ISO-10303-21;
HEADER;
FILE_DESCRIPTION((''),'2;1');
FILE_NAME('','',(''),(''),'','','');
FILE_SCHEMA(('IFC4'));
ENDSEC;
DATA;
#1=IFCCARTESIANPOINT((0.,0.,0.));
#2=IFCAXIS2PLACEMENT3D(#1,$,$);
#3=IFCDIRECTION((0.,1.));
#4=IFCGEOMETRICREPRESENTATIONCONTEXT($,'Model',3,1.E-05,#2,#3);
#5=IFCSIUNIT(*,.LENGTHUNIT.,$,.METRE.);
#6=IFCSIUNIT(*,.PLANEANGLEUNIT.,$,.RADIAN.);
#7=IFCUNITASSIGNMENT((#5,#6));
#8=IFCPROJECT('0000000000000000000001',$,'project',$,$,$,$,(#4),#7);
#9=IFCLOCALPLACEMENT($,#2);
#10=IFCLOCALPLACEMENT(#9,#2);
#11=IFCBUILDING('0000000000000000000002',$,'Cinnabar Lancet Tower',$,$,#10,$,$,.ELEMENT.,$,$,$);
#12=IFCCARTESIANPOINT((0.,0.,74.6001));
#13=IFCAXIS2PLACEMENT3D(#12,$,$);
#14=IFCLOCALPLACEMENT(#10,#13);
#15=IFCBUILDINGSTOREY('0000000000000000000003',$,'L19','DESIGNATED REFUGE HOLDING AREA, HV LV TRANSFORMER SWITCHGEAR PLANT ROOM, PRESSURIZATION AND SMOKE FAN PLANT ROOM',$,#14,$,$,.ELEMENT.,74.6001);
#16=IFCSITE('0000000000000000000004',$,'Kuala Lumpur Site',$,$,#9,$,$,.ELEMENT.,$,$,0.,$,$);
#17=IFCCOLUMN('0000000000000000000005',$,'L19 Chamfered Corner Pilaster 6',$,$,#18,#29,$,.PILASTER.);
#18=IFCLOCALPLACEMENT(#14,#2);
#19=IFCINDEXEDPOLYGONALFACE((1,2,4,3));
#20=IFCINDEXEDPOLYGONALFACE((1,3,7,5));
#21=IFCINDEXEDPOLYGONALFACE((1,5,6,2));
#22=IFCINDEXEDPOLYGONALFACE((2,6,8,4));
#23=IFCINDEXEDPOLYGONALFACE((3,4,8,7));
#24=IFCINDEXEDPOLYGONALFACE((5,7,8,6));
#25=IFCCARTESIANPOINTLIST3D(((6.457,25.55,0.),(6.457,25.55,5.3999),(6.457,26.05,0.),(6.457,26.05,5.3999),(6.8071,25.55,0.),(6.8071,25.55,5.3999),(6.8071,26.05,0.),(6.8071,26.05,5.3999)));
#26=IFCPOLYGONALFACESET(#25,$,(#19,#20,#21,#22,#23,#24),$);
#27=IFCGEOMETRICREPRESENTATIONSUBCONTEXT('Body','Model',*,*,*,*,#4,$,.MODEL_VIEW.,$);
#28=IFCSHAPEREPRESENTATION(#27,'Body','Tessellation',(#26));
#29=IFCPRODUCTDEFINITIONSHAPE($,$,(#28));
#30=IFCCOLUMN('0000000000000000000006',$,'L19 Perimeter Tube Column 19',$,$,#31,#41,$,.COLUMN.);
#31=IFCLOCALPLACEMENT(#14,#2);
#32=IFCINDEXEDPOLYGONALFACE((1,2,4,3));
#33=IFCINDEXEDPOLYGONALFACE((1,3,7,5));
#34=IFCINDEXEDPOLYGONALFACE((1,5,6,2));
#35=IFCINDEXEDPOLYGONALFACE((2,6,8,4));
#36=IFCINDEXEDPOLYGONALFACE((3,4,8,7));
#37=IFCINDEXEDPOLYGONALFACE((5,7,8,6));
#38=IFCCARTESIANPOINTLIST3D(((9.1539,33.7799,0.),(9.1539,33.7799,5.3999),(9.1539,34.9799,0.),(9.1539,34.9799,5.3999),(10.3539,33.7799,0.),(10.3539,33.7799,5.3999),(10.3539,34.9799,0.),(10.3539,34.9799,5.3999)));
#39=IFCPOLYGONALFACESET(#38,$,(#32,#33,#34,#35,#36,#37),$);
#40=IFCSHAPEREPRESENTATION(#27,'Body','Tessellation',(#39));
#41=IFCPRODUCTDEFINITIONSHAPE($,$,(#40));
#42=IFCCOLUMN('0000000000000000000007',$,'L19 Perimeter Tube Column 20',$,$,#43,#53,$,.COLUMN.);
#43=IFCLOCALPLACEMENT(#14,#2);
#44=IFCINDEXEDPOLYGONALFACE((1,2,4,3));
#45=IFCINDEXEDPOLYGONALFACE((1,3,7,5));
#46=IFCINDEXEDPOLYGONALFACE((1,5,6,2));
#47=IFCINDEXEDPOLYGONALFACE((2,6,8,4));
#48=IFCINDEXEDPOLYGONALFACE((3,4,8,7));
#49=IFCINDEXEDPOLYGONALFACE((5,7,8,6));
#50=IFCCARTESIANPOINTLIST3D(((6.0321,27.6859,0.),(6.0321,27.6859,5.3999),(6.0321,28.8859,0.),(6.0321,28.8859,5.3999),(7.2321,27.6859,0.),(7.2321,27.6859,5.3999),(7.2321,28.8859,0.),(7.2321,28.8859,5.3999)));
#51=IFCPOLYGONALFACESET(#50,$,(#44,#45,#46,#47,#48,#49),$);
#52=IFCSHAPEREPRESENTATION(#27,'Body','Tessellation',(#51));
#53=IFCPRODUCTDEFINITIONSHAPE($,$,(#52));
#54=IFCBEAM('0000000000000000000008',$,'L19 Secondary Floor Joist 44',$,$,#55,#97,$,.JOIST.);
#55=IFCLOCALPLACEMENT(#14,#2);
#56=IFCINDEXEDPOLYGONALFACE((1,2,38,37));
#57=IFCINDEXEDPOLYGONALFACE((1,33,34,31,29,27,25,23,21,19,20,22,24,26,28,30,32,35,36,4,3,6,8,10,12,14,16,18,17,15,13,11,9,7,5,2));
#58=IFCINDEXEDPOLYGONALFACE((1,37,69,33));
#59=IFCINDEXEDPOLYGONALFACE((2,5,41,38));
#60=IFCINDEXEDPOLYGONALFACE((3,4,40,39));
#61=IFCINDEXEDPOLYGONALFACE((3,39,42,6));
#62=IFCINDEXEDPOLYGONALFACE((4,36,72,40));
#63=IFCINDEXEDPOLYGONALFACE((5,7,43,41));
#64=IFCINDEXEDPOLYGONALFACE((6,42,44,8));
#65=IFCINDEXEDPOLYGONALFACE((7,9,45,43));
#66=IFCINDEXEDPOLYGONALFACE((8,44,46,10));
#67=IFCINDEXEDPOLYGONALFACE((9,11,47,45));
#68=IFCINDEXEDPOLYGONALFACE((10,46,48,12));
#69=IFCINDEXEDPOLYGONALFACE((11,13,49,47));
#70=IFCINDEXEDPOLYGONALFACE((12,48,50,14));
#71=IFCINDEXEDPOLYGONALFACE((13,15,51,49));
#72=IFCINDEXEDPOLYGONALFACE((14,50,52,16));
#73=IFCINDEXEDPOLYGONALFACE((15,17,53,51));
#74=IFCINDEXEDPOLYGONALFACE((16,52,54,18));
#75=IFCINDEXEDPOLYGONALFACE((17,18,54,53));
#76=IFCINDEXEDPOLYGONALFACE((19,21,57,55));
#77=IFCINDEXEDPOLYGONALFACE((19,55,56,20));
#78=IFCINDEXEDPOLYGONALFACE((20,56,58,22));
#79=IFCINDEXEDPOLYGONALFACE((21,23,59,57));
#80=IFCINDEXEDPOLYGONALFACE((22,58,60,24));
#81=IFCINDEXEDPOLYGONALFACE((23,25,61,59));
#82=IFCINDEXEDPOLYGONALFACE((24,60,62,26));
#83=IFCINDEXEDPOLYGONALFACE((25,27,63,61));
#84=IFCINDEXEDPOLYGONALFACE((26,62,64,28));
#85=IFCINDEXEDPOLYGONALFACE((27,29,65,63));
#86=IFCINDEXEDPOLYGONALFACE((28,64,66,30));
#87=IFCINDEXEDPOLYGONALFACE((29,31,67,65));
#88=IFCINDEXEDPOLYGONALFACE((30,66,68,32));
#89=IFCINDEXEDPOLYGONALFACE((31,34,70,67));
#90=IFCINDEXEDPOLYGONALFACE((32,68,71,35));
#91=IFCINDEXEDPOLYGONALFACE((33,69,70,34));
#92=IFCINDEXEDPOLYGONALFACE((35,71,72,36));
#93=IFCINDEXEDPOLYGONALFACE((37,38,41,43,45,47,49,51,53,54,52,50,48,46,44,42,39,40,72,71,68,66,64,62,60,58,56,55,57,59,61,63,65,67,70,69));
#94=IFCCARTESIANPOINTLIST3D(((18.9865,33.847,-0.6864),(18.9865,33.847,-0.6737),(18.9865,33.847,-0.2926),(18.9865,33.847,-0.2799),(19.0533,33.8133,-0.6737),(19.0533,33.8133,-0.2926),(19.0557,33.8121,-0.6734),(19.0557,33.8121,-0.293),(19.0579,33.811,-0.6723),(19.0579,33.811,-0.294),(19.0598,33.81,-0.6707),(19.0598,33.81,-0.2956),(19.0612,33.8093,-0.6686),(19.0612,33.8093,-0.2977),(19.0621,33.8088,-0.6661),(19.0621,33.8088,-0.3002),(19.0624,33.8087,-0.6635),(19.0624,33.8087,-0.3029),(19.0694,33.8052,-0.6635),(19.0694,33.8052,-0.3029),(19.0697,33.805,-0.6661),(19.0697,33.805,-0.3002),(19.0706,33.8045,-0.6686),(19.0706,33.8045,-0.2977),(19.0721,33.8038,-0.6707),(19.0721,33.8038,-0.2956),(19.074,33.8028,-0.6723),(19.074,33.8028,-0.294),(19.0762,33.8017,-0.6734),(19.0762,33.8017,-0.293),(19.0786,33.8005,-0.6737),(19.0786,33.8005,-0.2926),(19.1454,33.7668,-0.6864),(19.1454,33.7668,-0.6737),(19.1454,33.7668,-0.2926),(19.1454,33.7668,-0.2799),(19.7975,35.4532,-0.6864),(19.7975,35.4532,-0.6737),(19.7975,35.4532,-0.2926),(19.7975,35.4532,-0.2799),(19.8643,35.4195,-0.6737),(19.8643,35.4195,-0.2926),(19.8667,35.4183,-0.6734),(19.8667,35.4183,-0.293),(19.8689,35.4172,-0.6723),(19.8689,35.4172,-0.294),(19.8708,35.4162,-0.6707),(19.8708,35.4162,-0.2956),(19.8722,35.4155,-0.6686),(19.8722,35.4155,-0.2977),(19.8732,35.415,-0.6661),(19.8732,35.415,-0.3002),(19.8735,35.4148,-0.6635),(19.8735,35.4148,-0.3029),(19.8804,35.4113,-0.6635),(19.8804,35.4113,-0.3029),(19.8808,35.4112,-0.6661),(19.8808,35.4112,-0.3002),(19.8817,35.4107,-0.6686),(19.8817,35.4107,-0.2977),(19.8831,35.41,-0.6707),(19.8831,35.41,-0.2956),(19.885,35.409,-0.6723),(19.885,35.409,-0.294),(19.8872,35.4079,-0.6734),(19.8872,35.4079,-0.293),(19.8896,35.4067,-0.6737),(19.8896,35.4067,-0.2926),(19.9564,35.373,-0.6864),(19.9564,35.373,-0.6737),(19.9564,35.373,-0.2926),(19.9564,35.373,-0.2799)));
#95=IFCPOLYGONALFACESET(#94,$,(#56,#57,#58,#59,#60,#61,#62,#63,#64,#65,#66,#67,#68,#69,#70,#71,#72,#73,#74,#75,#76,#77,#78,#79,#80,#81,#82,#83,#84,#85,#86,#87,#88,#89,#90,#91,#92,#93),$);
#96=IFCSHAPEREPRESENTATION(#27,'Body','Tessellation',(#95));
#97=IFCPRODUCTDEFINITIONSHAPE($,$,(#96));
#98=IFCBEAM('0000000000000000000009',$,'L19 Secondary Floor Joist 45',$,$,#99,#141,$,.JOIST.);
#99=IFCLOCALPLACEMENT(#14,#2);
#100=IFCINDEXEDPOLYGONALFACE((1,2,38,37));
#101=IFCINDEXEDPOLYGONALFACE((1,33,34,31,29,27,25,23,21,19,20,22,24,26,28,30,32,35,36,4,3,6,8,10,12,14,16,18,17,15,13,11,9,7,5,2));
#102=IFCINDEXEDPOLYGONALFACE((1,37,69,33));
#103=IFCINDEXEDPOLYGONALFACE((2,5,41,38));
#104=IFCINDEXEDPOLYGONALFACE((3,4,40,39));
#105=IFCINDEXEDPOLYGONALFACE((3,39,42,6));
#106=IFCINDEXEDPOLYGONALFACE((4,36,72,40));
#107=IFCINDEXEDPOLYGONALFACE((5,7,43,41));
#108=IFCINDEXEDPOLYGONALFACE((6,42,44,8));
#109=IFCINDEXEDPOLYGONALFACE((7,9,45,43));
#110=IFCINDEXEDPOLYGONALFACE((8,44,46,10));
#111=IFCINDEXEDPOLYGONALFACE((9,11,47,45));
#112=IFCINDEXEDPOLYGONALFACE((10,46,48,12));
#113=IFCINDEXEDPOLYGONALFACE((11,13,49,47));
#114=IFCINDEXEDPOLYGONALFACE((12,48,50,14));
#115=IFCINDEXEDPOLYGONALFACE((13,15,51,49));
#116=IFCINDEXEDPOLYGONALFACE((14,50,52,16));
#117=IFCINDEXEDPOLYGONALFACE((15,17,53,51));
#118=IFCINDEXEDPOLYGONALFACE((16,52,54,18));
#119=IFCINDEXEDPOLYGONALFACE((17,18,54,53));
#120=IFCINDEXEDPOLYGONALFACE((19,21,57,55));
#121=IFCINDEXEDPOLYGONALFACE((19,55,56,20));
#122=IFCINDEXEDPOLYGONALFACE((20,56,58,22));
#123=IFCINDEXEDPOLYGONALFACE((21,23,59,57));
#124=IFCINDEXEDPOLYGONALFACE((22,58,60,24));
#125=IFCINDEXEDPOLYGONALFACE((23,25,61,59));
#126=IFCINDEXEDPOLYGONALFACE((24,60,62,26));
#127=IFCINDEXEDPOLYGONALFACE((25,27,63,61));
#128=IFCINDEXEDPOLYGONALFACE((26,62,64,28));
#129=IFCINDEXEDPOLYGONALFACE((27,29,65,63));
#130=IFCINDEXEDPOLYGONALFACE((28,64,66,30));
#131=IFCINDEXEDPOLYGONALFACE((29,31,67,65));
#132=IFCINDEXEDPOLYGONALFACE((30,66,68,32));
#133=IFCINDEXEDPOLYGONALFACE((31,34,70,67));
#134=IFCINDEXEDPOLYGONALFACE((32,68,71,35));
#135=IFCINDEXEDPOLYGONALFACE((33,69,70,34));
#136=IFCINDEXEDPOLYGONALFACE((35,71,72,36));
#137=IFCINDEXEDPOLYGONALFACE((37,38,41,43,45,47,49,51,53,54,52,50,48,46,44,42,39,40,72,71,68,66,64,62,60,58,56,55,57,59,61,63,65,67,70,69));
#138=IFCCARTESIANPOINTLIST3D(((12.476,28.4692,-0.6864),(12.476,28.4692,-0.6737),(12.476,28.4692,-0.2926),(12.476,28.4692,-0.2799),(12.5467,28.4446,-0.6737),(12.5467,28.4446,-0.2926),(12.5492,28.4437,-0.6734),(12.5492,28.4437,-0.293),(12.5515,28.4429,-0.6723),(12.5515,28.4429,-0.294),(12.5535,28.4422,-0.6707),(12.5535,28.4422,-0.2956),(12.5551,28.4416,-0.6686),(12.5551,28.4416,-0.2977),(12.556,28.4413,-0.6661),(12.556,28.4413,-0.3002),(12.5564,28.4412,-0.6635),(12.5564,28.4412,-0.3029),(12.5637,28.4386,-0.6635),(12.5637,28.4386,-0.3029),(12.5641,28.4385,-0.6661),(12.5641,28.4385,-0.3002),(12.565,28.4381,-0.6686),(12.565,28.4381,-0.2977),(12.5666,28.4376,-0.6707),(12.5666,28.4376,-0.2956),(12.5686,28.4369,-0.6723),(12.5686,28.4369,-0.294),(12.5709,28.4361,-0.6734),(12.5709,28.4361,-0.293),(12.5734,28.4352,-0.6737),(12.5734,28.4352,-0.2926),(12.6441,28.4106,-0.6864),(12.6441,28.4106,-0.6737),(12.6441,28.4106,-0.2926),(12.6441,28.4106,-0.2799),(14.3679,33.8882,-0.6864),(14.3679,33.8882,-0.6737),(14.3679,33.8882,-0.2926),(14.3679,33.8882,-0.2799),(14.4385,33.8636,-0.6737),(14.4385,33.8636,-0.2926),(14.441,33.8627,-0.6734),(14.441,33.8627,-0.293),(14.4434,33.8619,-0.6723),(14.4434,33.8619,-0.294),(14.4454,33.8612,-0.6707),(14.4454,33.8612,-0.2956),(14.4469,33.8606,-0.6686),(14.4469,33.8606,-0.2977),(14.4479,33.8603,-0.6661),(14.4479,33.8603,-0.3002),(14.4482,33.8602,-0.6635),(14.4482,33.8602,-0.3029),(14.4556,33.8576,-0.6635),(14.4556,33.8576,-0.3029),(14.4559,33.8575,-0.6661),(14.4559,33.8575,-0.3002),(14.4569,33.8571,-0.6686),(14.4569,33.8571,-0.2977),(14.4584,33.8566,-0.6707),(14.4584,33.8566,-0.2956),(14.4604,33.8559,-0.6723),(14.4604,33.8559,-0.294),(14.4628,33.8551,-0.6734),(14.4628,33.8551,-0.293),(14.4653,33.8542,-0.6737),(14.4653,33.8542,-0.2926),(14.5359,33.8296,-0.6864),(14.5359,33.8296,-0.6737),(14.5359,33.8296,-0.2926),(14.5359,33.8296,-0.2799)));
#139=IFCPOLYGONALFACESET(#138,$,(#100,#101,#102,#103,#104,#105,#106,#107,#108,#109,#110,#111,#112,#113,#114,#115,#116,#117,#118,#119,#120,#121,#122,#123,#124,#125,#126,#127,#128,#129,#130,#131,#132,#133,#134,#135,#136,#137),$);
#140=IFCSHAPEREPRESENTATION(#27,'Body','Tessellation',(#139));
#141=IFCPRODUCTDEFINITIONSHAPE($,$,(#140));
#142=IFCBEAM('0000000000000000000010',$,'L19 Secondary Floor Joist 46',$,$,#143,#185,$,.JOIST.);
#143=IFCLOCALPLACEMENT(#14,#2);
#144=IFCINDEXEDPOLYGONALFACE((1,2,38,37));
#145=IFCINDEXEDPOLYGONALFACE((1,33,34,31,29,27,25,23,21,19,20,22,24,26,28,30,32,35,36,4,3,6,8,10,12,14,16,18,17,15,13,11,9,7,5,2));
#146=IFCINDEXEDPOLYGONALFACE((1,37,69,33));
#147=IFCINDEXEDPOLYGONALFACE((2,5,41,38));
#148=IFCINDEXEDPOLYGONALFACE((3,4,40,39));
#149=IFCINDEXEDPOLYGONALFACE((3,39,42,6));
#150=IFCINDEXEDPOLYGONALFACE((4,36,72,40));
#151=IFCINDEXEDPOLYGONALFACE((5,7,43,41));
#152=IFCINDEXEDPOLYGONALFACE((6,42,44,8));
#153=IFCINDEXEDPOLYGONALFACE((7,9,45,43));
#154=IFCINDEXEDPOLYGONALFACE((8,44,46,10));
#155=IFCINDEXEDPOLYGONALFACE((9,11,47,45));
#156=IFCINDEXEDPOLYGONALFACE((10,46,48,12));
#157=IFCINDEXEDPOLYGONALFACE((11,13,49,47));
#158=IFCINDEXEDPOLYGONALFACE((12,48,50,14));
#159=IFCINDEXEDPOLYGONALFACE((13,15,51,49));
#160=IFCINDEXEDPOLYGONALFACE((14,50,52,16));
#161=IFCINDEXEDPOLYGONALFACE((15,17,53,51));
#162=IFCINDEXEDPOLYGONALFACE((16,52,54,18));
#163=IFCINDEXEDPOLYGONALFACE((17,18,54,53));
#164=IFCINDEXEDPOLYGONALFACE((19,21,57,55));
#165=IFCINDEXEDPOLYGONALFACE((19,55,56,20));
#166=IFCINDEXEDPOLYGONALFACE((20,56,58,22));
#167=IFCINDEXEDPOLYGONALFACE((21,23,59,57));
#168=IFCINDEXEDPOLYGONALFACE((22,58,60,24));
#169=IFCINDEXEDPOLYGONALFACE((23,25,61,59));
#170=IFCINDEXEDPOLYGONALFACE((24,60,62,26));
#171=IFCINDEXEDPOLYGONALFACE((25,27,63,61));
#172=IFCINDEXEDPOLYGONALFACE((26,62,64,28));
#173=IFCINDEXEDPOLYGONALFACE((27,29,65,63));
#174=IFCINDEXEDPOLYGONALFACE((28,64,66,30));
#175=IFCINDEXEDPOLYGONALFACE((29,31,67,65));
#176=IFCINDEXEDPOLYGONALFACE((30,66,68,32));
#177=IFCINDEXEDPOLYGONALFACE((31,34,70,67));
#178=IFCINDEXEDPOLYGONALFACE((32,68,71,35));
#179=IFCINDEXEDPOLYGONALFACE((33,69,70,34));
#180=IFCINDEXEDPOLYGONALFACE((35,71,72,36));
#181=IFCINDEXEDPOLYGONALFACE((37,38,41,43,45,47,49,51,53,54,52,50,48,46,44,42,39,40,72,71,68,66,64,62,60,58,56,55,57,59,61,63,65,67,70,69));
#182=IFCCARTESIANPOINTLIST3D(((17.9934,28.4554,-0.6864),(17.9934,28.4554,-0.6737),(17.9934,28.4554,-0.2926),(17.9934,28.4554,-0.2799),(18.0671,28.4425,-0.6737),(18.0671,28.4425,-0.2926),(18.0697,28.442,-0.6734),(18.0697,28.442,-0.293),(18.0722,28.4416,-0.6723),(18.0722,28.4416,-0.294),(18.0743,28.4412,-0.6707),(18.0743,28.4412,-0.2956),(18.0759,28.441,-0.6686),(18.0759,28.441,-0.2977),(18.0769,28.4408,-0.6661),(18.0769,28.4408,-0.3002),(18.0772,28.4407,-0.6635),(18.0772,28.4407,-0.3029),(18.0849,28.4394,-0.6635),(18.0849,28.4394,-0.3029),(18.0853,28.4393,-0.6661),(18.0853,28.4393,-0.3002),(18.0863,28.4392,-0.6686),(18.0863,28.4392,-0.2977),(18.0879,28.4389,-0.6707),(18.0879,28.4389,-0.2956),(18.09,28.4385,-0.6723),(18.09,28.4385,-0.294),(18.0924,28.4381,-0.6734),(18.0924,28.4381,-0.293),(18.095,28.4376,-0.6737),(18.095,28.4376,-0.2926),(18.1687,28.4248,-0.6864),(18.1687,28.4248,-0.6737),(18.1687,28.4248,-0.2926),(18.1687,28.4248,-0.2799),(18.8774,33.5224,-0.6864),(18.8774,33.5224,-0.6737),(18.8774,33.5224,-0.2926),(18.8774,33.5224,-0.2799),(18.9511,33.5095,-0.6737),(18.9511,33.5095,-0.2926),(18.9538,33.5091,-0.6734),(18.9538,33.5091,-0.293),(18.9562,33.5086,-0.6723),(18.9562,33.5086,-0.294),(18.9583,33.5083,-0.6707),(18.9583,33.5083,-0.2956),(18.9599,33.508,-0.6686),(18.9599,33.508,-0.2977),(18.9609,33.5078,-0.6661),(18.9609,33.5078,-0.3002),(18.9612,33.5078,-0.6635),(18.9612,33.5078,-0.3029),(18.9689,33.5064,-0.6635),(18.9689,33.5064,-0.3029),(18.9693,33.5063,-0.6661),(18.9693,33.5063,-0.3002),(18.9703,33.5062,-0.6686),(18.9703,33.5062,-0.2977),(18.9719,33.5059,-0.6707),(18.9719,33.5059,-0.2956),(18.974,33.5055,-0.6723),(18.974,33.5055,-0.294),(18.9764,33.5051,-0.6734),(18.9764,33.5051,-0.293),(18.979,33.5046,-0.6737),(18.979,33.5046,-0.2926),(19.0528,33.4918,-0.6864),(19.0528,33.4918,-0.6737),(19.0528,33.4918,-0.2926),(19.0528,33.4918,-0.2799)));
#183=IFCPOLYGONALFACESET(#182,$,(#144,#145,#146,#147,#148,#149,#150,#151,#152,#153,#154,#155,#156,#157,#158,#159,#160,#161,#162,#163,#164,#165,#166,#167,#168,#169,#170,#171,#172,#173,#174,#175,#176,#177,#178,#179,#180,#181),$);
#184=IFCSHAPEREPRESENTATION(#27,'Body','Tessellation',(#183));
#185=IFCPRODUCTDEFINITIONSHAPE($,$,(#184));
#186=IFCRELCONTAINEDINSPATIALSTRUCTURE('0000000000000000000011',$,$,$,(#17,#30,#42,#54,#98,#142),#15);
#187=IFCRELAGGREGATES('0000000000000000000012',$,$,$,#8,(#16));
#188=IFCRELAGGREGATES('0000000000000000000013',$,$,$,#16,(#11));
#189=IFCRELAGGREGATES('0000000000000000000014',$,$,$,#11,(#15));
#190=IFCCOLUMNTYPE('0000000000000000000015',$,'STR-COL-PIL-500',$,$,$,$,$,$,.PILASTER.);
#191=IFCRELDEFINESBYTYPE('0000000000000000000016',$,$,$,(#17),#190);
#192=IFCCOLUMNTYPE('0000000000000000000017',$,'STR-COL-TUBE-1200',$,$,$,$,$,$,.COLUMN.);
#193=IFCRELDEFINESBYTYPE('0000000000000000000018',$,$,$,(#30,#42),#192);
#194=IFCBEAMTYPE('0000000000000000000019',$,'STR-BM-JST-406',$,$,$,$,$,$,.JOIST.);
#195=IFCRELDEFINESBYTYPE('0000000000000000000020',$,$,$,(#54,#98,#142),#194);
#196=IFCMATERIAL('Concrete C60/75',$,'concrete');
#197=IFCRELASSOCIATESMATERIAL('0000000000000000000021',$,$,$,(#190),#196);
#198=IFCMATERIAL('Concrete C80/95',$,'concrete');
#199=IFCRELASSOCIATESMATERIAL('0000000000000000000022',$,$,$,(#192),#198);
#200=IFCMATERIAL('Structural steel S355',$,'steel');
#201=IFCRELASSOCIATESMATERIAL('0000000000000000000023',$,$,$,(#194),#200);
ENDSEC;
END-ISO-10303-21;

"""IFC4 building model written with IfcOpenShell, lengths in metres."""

from ifc_helpers import new_model, si_unit, direction, frame, origin, origin_2d, place, context, subcontext, project, spatial, rectangle, i_section, extrude, material, material_profile, profile_set, type_object, element, save


model = new_model("IFC4")

# Units and contexts
model_context = context("Model", 3, precision=1e-05, world=origin(), true_north=direction((0.0, 1.0)))
body_context = subcontext(model_context, "Body", "Model", "MODEL_VIEW")
ifc_project = project(units=[si_unit("LENGTHUNIT", "METRE"), si_unit("PLANEANGLEUNIT", "RADIAN")], contexts=[model_context])

# Site, building, storey
site_placement = place(None, origin())
site = spatial("IfcSite", under=ifc_project, at=site_placement, Name="Kuala Lumpur Site", CompositionType="ELEMENT", RefElevation=0.0)
building_placement = place(site_placement, origin())
building = spatial("IfcBuilding", under=site, at=building_placement, Name="Cinnabar Lancet Tower", CompositionType="ELEMENT")
storey_placement = place(building_placement, frame((0.0, 0.0, 74.6001)))
storey = spatial("IfcBuildingStorey", under=building, at=storey_placement, Name="L19", Description="DESIGNATED REFUGE HOLDING AREA, HV LV TRANSFORMER SWITCHGEAR PLANT ROOM, PRESSURIZATION AND SMOKE FAN PLANT ROOM", CompositionType="ELEMENT", Elevation=74.6001)

# Columns
ifc_material_1 = material(Name="Concrete C60/75", Category="concrete")
ifc_material_profile_1 = material_profile(ifc_material_1, rectangle(XDim=0.5, YDim=0.3501, at=origin_2d()), Name="RC-PIL 500x350")
ifc_profile_set_1 = profile_set([ifc_material_profile_1], Name="Concrete C60/75")
column_type_1 = type_object("IfcColumnType", Name="STR-COL-PIL-500", PredefinedType="PILASTER", material=ifc_profile_set_1)
column_placement = place(storey_placement, frame((6.6321, 25.8, 0.0), z_axis=(0.0, 0.0, 1.0), x_axis=(0.0, -1.0, 0.0)))
element("IfcColumn", 1, at=column_placement, inside=storey, type_object=column_type_1, Name="L19 Chamfered Corner Pilaster 6", PredefinedType="PILASTER", context=body_context, shape_type="SweptSolid", body=[
    extrude(rectangle(XDim=0.5, YDim=0.3501, at=origin_2d()), origin(), (0.0, 0.0, 1.0), 5.3999),
])
ifc_material_2 = material(Name="Concrete C80/95", Category="concrete")
ifc_material_profile_2 = material_profile(ifc_material_2, rectangle(XDim=1.2, YDim=1.2, at=origin_2d()), Name="RC-COL 1200x1200")
ifc_profile_set_2 = profile_set([ifc_material_profile_2], Name="Concrete C80/95")
column_type_2 = type_object("IfcColumnType", Name="STR-COL-TUBE-1200", PredefinedType="COLUMN", material=ifc_profile_set_2)
for number, where, z_axis, x_axis, name in (
    (2, (9.7539, 34.3799, 0.0), (0.0, 0.0, 1.0), (1.0, 0.0, 0.0), "L19 Perimeter Tube Column 19"),
    (3, (6.6321, 28.2859, 0.0), (0.0, 0.0, 1.0), (1.0, 0.0, 0.0), "L19 Perimeter Tube Column 20"),
):
    element("IfcColumn", number, at=place(storey_placement, frame(where, z_axis=z_axis, x_axis=x_axis)), inside=storey, type_object=column_type_2, Name=name, PredefinedType="COLUMN", context=body_context, shape_type="SweptSolid", body=[
        extrude(rectangle(XDim=1.2, YDim=1.2, at=origin_2d()), origin(), (0.0, 0.0, 1.0), 5.3999),
    ])

# Beams
ifc_material_3 = material(Name="Structural steel S355", Category="steel")
ifc_material_profile_3 = material_profile(ifc_material_3, i_section(OverallWidth=0.178, OverallDepth=0.4065, WebThickness=0.0078, FlangeThickness=0.0127, FilletRadius=0.0103, at=origin_2d()), Name="UKB 406x178x60")
ifc_profile_set_3 = profile_set([ifc_material_profile_3], Name="Structural steel S355")
beam_type_1 = type_object("IfcBeamType", Name="STR-BM-JST-406", PredefinedType="JOIST", material=ifc_profile_set_3)
beam_1_placement = place(storey_placement, frame((19.877, 35.4131, -0.4832), z_axis=(-0.450738, -0.892656, 0.0), x_axis=(0.892656, -0.450738, 0.0)))
element("IfcBeam", 4, at=beam_1_placement, inside=storey, type_object=beam_type_1, Name="L19 Secondary Floor Joist 44", PredefinedType="JOIST", context=body_context, shape_type="SweptSolid", body=[
    extrude(i_section(OverallWidth=0.178, OverallDepth=0.4065, WebThickness=0.0078, FlangeThickness=0.0127, FilletRadius=0.0103, at=origin_2d()), origin(), (0.0, 0.0, 1.0), 1.7993),
])
beam_2_placement = place(storey_placement, frame((14.4519, 33.8589, -0.4832), z_axis=(-0.329608, -0.944118, 0.0), x_axis=(0.944118, -0.329608, 0.0)))
element("IfcBeam", 5, at=beam_2_placement, inside=storey, type_object=beam_type_1, Name="L19 Secondary Floor Joist 45", PredefinedType="JOIST", context=body_context, shape_type="SweptSolid", body=[
    extrude(i_section(OverallWidth=0.178, OverallDepth=0.4065, WebThickness=0.0078, FlangeThickness=0.0127, FilletRadius=0.0103, at=origin_2d()), origin(), (0.0, 0.0, 1.0), 5.7397),
])
beam_3_placement = place(storey_placement, frame((18.9651, 33.5071, -0.4832), z_axis=(-0.171868, -0.98512, 0.0), x_axis=(0.98512, -0.171868, 0.0)))
element("IfcBeam", 6, at=beam_3_placement, inside=storey, type_object=beam_type_1, Name="L19 Secondary Floor Joist 46", PredefinedType="JOIST", context=body_context, shape_type="SweptSolid", body=[
    extrude(i_section(OverallWidth=0.178, OverallDepth=0.4065, WebThickness=0.0078, FlangeThickness=0.0127, FilletRadius=0.0103, at=origin_2d()), origin(), (0.0, 0.0, 1.0), 5.1436),
])

save(model, "model.ifc")
